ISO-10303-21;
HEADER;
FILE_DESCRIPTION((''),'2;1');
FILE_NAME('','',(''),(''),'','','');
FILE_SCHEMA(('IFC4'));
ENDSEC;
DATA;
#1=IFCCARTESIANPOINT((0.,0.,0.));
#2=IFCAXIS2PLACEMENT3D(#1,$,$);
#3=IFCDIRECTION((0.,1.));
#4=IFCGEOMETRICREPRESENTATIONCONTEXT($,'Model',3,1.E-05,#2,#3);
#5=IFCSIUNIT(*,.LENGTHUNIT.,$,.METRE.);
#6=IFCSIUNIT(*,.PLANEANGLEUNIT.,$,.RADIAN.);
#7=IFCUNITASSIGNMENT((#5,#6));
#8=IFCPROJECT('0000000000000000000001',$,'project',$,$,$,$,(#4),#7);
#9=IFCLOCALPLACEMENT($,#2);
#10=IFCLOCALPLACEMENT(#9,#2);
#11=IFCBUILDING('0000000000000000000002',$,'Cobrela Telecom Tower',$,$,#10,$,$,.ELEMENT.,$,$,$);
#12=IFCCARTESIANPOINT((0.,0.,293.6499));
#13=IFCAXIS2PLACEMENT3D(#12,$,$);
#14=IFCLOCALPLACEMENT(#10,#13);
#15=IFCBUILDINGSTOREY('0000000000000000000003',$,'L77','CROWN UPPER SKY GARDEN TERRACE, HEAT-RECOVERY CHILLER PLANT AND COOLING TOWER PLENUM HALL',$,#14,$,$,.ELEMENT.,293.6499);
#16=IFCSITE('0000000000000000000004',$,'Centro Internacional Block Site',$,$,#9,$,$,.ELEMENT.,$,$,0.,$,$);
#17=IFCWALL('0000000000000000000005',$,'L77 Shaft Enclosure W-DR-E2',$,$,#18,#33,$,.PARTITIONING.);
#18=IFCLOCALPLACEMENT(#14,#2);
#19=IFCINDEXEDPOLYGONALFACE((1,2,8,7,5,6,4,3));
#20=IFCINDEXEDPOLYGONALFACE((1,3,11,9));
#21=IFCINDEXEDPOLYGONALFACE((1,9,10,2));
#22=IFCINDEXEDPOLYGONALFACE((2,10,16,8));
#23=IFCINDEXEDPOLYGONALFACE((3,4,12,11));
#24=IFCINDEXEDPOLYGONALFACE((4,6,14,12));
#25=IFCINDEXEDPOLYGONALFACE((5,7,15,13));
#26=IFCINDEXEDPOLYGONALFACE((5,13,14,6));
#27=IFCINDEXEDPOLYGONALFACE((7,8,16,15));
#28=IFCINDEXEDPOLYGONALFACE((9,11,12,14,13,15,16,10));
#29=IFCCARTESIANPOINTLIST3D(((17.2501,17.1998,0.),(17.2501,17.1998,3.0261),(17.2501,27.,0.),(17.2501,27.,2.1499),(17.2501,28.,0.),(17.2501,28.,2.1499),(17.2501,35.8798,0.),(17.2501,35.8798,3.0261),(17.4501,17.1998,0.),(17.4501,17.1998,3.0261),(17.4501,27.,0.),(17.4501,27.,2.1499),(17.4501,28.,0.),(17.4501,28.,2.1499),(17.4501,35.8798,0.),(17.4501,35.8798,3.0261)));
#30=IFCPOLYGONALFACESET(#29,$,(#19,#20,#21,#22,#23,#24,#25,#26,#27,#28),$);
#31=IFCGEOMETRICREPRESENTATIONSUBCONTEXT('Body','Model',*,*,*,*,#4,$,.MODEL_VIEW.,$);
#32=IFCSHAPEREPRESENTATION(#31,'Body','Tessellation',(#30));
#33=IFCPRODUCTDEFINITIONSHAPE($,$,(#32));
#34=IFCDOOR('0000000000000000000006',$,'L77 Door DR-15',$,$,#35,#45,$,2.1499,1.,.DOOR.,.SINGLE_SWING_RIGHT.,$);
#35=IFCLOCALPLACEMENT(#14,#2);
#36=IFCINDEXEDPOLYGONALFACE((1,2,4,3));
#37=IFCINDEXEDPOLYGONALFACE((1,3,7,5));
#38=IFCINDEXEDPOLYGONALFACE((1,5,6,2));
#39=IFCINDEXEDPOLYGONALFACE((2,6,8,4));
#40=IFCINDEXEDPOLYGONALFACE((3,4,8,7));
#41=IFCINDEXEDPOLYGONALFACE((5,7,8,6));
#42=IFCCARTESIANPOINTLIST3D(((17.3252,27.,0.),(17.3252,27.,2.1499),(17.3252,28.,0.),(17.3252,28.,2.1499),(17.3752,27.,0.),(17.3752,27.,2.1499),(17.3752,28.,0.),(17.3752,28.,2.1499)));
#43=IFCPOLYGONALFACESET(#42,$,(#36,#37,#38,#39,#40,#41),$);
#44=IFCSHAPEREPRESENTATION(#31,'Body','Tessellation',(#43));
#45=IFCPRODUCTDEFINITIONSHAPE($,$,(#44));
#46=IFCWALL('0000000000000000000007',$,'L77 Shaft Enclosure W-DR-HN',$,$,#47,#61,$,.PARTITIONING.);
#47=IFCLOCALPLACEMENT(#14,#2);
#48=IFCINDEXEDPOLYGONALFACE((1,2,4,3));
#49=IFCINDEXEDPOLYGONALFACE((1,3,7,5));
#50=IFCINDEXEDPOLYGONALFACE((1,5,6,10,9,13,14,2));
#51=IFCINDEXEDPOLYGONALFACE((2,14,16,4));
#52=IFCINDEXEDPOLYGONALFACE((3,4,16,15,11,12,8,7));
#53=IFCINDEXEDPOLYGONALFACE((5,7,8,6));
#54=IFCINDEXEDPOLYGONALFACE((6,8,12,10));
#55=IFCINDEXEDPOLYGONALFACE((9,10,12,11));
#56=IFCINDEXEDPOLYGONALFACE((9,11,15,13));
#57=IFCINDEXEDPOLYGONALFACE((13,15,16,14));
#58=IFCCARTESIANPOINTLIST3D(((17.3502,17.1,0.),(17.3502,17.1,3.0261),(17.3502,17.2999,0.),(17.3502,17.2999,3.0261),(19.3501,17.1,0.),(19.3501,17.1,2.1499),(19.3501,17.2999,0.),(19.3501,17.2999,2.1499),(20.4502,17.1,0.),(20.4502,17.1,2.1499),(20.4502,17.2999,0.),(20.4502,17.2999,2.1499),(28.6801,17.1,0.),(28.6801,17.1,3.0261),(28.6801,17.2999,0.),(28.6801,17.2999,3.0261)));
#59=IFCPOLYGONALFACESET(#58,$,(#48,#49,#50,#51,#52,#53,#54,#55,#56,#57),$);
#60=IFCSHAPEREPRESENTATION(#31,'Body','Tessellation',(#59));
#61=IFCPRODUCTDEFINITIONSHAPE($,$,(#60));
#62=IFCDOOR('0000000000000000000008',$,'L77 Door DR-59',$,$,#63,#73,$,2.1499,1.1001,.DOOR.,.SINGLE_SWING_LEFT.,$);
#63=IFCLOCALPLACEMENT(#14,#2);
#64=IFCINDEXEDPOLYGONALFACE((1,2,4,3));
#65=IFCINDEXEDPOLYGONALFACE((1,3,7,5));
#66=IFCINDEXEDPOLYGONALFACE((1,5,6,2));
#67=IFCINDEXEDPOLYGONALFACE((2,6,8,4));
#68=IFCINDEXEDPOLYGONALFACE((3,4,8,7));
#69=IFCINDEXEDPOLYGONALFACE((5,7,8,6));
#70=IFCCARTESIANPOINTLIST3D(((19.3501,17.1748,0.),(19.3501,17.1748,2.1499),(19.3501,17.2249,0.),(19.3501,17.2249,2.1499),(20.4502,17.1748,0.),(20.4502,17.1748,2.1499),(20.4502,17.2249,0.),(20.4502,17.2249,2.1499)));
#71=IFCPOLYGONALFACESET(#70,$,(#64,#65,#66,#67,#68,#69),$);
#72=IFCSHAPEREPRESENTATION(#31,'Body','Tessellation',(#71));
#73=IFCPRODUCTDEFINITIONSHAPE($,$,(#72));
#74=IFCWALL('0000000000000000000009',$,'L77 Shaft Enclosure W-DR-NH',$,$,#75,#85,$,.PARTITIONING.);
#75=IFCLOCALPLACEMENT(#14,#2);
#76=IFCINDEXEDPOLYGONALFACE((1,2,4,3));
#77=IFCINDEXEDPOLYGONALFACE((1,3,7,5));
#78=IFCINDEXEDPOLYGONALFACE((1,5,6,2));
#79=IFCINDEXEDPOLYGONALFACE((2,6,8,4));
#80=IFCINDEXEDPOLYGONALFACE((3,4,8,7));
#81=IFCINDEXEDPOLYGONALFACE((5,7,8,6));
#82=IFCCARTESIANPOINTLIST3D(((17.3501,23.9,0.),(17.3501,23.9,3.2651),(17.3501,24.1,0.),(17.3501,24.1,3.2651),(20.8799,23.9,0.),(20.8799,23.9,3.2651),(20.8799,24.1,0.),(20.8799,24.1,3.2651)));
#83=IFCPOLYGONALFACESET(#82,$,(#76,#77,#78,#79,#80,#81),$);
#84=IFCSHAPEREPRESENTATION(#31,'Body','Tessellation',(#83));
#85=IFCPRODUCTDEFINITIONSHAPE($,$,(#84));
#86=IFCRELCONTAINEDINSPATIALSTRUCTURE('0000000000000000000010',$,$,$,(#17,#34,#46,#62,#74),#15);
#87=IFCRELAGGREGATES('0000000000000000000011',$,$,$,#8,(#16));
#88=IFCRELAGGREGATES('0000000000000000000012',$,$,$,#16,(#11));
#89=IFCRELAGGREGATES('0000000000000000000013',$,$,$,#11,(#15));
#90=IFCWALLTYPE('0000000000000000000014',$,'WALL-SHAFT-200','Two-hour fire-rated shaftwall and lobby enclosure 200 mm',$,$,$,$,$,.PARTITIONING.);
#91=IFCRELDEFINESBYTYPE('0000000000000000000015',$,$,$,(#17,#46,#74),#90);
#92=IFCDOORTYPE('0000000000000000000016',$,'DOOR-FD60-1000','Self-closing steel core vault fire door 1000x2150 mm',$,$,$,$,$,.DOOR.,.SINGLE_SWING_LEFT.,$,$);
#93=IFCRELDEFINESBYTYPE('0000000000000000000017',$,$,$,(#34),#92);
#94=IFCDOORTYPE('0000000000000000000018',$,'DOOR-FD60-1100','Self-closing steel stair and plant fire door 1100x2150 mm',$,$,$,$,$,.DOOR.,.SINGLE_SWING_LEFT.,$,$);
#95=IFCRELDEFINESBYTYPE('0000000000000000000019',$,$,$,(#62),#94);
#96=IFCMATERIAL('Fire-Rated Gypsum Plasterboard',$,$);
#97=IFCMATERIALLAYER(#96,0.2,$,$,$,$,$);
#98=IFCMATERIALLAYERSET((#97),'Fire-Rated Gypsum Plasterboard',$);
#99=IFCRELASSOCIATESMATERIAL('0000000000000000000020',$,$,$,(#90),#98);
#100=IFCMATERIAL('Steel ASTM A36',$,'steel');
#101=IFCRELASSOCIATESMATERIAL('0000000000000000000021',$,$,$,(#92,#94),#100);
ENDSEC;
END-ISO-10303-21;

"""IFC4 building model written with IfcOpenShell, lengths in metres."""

from ifc_helpers import new_model, si_unit, direction, frame, frame_2d, origin, place, context, subcontext, project, spatial, rectangle, extrude, material, layer, layer_set, type_object, element, fill, save


model = new_model("IFC4")

# Units and contexts
model_context = context("Model", 3, precision=1e-05, world=origin(), true_north=direction((0.0, 1.0)))
body_context = subcontext(model_context, "Body", "Model", "MODEL_VIEW")
ifc_project = project(units=[si_unit("LENGTHUNIT", "METRE"), si_unit("PLANEANGLEUNIT", "RADIAN")], contexts=[model_context])

# Site, building, storey
site_placement = place(None, origin())
site = spatial("IfcSite", under=ifc_project, at=site_placement, Name="Centro Internacional Block Site", CompositionType="ELEMENT", RefElevation=0.0)
building_placement = place(site_placement, origin())
building = spatial("IfcBuilding", under=site, at=building_placement, Name="Cobrela Telecom Tower", CompositionType="ELEMENT")
storey_placement = place(building_placement, frame((0.0, 0.0, 293.6499)))
storey = spatial("IfcBuildingStorey", under=building, at=storey_placement, Name="L77", Description="CROWN UPPER SKY GARDEN TERRACE, HEAT-RECOVERY CHILLER PLANT AND COOLING TOWER PLENUM HALL", CompositionType="ELEMENT", Elevation=293.6499)

# Wall, opening, door
ifc_material_1 = material(Name="Fire-Rated Gypsum Plasterboard")
ifc_layer_1 = layer(ifc_material_1, 0.2)
ifc_layer_set_1 = layer_set([ifc_layer_1], Name="Fire-Rated Gypsum Plasterboard")
wall_type_1 = type_object("IfcWallType", Name="WALL-SHAFT-200", Description="Two-hour fire-rated shaftwall and lobby enclosure 200 mm", PredefinedType="PARTITIONING", material=ifc_layer_set_1)
wall_1_placement = place(storey_placement, frame((17.3501, 17.2, 0.0), z_axis=(0.0, 0.0, 1.0), x_axis=(0.0, 1.0, 0.0)))
wall_1 = element("IfcWall", 1, at=wall_1_placement, inside=storey, type_object=wall_type_1, Name="L77 Shaft Enclosure W-DR-E2", PredefinedType="PARTITIONING", context=body_context, shape_type="SweptSolid", body=[
    extrude(rectangle(XDim=18.6799, YDim=0.2, at=frame_2d((9.3398, 0.0))), origin(), (0.0, 0.0, 1.0), 3.0261),
])
opening_1_placement = place(wall_1_placement, frame((9.8, 0.0, 0.0)))
opening_1 = element("IfcOpeningElement", 2, at=opening_1_placement, cuts=wall_1, PredefinedType="OPENING", context=body_context, shape_type="SweptSolid", body=[
    extrude(rectangle(XDim=1.0, YDim=2.1499, at=frame_2d((0.5, 1.075))), frame((0.0, 0.1118, 0.0), z_axis=(0.0, -1.0, 0.0), x_axis=(1.0, 0.0, 0.0)), (0.0, 0.0, 1.0), 0.2239),
])
ifc_material_2 = material(Name="Steel ASTM A36", Category="steel")
door_type_1 = type_object("IfcDoorType", Name="DOOR-FD60-1000", Description="Self-closing steel core vault fire door 1000x2150 mm", OperationType="SINGLE_SWING_LEFT", PredefinedType="DOOR", material=ifc_material_2)
door_1_placement = place(opening_1_placement, origin())
door_1 = element("IfcDoor", 3, at=door_1_placement, inside=storey, type_object=door_type_1, Name="L77 Door DR-15", OperationType="SINGLE_SWING_RIGHT", OverallHeight=2.1499, OverallWidth=1.0, PredefinedType="DOOR", context=body_context, shape_type="SweptSolid", body=[
    extrude(rectangle(XDim=1.0, YDim=2.1499, at=frame_2d((0.5, 1.075))), frame((0.0, 0.0249, 0.0), z_axis=(0.0, -1.0, 0.0), x_axis=(1.0, 0.0, 0.0)), (0.0, 0.0, 1.0), 0.05),
])
fill(opening_1, door_1)

# Shared definitions
door_type_2 = type_object("IfcDoorType", Name="DOOR-FD60-1100", Description="Self-closing steel stair and plant fire door 1100x2150 mm", OperationType="SINGLE_SWING_LEFT", PredefinedType="DOOR", material=ifc_material_2)

# Wall, opening, door
wall_2_placement = place(storey_placement, frame((17.3501, 17.2, 0.0), z_axis=(0.0, 0.0, 1.0), x_axis=(1.0, 0.0, 0.0)))
wall_2 = element("IfcWall", 4, at=wall_2_placement, inside=storey, type_object=wall_type_1, Name="L77 Shaft Enclosure W-DR-HN", PredefinedType="PARTITIONING", context=body_context, shape_type="SweptSolid", body=[
    extrude(rectangle(XDim=11.3298, YDim=0.2, at=frame_2d((5.665, 0.0))), origin(), (0.0, 0.0, 1.0), 3.0261),
])
opening_2_placement = place(wall_2_placement, frame((2.0, 0.0, 0.0)))
opening_2 = element("IfcOpeningElement", 5, at=opening_2_placement, cuts=wall_2, PredefinedType="OPENING", context=body_context, shape_type="SweptSolid", body=[
    extrude(rectangle(XDim=1.1001, YDim=2.1499, at=frame_2d((0.55, 1.075))), frame((0.0, 0.1118, 0.0), z_axis=(0.0, -1.0, 0.0), x_axis=(1.0, 0.0, 0.0)), (0.0, 0.0, 1.0), 0.2239),
])
door_2_placement = place(opening_2_placement, origin())
door_2 = element("IfcDoor", 6, at=door_2_placement, inside=storey, type_object=door_type_2, Name="L77 Door DR-59", OperationType="SINGLE_SWING_LEFT", OverallHeight=2.1499, OverallWidth=1.1001, PredefinedType="DOOR", context=body_context, shape_type="SweptSolid", body=[
    extrude(rectangle(XDim=1.1001, YDim=2.1499, at=frame_2d((0.55, 1.075))), frame((0.0, 0.0249, 0.0), z_axis=(0.0, -1.0, 0.0), x_axis=(1.0, 0.0, 0.0)), (0.0, 0.0, 1.0), 0.05),
])
fill(opening_2, door_2)

# Wall
wall_3_placement = place(storey_placement, frame((17.3501, 24.0, 0.0), z_axis=(0.0, 0.0, 1.0), x_axis=(1.0, 0.0, 0.0)))
element("IfcWall", 7, at=wall_3_placement, inside=storey, type_object=wall_type_1, Name="L77 Shaft Enclosure W-DR-NH", PredefinedType="PARTITIONING", context=body_context, shape_type="SweptSolid", body=[
    extrude(rectangle(XDim=3.5298, YDim=0.2, at=frame_2d((1.7649, 0.0))), origin(), (0.0, 0.0, 1.0), 3.2651),
])

save(model, "model.ifc")
